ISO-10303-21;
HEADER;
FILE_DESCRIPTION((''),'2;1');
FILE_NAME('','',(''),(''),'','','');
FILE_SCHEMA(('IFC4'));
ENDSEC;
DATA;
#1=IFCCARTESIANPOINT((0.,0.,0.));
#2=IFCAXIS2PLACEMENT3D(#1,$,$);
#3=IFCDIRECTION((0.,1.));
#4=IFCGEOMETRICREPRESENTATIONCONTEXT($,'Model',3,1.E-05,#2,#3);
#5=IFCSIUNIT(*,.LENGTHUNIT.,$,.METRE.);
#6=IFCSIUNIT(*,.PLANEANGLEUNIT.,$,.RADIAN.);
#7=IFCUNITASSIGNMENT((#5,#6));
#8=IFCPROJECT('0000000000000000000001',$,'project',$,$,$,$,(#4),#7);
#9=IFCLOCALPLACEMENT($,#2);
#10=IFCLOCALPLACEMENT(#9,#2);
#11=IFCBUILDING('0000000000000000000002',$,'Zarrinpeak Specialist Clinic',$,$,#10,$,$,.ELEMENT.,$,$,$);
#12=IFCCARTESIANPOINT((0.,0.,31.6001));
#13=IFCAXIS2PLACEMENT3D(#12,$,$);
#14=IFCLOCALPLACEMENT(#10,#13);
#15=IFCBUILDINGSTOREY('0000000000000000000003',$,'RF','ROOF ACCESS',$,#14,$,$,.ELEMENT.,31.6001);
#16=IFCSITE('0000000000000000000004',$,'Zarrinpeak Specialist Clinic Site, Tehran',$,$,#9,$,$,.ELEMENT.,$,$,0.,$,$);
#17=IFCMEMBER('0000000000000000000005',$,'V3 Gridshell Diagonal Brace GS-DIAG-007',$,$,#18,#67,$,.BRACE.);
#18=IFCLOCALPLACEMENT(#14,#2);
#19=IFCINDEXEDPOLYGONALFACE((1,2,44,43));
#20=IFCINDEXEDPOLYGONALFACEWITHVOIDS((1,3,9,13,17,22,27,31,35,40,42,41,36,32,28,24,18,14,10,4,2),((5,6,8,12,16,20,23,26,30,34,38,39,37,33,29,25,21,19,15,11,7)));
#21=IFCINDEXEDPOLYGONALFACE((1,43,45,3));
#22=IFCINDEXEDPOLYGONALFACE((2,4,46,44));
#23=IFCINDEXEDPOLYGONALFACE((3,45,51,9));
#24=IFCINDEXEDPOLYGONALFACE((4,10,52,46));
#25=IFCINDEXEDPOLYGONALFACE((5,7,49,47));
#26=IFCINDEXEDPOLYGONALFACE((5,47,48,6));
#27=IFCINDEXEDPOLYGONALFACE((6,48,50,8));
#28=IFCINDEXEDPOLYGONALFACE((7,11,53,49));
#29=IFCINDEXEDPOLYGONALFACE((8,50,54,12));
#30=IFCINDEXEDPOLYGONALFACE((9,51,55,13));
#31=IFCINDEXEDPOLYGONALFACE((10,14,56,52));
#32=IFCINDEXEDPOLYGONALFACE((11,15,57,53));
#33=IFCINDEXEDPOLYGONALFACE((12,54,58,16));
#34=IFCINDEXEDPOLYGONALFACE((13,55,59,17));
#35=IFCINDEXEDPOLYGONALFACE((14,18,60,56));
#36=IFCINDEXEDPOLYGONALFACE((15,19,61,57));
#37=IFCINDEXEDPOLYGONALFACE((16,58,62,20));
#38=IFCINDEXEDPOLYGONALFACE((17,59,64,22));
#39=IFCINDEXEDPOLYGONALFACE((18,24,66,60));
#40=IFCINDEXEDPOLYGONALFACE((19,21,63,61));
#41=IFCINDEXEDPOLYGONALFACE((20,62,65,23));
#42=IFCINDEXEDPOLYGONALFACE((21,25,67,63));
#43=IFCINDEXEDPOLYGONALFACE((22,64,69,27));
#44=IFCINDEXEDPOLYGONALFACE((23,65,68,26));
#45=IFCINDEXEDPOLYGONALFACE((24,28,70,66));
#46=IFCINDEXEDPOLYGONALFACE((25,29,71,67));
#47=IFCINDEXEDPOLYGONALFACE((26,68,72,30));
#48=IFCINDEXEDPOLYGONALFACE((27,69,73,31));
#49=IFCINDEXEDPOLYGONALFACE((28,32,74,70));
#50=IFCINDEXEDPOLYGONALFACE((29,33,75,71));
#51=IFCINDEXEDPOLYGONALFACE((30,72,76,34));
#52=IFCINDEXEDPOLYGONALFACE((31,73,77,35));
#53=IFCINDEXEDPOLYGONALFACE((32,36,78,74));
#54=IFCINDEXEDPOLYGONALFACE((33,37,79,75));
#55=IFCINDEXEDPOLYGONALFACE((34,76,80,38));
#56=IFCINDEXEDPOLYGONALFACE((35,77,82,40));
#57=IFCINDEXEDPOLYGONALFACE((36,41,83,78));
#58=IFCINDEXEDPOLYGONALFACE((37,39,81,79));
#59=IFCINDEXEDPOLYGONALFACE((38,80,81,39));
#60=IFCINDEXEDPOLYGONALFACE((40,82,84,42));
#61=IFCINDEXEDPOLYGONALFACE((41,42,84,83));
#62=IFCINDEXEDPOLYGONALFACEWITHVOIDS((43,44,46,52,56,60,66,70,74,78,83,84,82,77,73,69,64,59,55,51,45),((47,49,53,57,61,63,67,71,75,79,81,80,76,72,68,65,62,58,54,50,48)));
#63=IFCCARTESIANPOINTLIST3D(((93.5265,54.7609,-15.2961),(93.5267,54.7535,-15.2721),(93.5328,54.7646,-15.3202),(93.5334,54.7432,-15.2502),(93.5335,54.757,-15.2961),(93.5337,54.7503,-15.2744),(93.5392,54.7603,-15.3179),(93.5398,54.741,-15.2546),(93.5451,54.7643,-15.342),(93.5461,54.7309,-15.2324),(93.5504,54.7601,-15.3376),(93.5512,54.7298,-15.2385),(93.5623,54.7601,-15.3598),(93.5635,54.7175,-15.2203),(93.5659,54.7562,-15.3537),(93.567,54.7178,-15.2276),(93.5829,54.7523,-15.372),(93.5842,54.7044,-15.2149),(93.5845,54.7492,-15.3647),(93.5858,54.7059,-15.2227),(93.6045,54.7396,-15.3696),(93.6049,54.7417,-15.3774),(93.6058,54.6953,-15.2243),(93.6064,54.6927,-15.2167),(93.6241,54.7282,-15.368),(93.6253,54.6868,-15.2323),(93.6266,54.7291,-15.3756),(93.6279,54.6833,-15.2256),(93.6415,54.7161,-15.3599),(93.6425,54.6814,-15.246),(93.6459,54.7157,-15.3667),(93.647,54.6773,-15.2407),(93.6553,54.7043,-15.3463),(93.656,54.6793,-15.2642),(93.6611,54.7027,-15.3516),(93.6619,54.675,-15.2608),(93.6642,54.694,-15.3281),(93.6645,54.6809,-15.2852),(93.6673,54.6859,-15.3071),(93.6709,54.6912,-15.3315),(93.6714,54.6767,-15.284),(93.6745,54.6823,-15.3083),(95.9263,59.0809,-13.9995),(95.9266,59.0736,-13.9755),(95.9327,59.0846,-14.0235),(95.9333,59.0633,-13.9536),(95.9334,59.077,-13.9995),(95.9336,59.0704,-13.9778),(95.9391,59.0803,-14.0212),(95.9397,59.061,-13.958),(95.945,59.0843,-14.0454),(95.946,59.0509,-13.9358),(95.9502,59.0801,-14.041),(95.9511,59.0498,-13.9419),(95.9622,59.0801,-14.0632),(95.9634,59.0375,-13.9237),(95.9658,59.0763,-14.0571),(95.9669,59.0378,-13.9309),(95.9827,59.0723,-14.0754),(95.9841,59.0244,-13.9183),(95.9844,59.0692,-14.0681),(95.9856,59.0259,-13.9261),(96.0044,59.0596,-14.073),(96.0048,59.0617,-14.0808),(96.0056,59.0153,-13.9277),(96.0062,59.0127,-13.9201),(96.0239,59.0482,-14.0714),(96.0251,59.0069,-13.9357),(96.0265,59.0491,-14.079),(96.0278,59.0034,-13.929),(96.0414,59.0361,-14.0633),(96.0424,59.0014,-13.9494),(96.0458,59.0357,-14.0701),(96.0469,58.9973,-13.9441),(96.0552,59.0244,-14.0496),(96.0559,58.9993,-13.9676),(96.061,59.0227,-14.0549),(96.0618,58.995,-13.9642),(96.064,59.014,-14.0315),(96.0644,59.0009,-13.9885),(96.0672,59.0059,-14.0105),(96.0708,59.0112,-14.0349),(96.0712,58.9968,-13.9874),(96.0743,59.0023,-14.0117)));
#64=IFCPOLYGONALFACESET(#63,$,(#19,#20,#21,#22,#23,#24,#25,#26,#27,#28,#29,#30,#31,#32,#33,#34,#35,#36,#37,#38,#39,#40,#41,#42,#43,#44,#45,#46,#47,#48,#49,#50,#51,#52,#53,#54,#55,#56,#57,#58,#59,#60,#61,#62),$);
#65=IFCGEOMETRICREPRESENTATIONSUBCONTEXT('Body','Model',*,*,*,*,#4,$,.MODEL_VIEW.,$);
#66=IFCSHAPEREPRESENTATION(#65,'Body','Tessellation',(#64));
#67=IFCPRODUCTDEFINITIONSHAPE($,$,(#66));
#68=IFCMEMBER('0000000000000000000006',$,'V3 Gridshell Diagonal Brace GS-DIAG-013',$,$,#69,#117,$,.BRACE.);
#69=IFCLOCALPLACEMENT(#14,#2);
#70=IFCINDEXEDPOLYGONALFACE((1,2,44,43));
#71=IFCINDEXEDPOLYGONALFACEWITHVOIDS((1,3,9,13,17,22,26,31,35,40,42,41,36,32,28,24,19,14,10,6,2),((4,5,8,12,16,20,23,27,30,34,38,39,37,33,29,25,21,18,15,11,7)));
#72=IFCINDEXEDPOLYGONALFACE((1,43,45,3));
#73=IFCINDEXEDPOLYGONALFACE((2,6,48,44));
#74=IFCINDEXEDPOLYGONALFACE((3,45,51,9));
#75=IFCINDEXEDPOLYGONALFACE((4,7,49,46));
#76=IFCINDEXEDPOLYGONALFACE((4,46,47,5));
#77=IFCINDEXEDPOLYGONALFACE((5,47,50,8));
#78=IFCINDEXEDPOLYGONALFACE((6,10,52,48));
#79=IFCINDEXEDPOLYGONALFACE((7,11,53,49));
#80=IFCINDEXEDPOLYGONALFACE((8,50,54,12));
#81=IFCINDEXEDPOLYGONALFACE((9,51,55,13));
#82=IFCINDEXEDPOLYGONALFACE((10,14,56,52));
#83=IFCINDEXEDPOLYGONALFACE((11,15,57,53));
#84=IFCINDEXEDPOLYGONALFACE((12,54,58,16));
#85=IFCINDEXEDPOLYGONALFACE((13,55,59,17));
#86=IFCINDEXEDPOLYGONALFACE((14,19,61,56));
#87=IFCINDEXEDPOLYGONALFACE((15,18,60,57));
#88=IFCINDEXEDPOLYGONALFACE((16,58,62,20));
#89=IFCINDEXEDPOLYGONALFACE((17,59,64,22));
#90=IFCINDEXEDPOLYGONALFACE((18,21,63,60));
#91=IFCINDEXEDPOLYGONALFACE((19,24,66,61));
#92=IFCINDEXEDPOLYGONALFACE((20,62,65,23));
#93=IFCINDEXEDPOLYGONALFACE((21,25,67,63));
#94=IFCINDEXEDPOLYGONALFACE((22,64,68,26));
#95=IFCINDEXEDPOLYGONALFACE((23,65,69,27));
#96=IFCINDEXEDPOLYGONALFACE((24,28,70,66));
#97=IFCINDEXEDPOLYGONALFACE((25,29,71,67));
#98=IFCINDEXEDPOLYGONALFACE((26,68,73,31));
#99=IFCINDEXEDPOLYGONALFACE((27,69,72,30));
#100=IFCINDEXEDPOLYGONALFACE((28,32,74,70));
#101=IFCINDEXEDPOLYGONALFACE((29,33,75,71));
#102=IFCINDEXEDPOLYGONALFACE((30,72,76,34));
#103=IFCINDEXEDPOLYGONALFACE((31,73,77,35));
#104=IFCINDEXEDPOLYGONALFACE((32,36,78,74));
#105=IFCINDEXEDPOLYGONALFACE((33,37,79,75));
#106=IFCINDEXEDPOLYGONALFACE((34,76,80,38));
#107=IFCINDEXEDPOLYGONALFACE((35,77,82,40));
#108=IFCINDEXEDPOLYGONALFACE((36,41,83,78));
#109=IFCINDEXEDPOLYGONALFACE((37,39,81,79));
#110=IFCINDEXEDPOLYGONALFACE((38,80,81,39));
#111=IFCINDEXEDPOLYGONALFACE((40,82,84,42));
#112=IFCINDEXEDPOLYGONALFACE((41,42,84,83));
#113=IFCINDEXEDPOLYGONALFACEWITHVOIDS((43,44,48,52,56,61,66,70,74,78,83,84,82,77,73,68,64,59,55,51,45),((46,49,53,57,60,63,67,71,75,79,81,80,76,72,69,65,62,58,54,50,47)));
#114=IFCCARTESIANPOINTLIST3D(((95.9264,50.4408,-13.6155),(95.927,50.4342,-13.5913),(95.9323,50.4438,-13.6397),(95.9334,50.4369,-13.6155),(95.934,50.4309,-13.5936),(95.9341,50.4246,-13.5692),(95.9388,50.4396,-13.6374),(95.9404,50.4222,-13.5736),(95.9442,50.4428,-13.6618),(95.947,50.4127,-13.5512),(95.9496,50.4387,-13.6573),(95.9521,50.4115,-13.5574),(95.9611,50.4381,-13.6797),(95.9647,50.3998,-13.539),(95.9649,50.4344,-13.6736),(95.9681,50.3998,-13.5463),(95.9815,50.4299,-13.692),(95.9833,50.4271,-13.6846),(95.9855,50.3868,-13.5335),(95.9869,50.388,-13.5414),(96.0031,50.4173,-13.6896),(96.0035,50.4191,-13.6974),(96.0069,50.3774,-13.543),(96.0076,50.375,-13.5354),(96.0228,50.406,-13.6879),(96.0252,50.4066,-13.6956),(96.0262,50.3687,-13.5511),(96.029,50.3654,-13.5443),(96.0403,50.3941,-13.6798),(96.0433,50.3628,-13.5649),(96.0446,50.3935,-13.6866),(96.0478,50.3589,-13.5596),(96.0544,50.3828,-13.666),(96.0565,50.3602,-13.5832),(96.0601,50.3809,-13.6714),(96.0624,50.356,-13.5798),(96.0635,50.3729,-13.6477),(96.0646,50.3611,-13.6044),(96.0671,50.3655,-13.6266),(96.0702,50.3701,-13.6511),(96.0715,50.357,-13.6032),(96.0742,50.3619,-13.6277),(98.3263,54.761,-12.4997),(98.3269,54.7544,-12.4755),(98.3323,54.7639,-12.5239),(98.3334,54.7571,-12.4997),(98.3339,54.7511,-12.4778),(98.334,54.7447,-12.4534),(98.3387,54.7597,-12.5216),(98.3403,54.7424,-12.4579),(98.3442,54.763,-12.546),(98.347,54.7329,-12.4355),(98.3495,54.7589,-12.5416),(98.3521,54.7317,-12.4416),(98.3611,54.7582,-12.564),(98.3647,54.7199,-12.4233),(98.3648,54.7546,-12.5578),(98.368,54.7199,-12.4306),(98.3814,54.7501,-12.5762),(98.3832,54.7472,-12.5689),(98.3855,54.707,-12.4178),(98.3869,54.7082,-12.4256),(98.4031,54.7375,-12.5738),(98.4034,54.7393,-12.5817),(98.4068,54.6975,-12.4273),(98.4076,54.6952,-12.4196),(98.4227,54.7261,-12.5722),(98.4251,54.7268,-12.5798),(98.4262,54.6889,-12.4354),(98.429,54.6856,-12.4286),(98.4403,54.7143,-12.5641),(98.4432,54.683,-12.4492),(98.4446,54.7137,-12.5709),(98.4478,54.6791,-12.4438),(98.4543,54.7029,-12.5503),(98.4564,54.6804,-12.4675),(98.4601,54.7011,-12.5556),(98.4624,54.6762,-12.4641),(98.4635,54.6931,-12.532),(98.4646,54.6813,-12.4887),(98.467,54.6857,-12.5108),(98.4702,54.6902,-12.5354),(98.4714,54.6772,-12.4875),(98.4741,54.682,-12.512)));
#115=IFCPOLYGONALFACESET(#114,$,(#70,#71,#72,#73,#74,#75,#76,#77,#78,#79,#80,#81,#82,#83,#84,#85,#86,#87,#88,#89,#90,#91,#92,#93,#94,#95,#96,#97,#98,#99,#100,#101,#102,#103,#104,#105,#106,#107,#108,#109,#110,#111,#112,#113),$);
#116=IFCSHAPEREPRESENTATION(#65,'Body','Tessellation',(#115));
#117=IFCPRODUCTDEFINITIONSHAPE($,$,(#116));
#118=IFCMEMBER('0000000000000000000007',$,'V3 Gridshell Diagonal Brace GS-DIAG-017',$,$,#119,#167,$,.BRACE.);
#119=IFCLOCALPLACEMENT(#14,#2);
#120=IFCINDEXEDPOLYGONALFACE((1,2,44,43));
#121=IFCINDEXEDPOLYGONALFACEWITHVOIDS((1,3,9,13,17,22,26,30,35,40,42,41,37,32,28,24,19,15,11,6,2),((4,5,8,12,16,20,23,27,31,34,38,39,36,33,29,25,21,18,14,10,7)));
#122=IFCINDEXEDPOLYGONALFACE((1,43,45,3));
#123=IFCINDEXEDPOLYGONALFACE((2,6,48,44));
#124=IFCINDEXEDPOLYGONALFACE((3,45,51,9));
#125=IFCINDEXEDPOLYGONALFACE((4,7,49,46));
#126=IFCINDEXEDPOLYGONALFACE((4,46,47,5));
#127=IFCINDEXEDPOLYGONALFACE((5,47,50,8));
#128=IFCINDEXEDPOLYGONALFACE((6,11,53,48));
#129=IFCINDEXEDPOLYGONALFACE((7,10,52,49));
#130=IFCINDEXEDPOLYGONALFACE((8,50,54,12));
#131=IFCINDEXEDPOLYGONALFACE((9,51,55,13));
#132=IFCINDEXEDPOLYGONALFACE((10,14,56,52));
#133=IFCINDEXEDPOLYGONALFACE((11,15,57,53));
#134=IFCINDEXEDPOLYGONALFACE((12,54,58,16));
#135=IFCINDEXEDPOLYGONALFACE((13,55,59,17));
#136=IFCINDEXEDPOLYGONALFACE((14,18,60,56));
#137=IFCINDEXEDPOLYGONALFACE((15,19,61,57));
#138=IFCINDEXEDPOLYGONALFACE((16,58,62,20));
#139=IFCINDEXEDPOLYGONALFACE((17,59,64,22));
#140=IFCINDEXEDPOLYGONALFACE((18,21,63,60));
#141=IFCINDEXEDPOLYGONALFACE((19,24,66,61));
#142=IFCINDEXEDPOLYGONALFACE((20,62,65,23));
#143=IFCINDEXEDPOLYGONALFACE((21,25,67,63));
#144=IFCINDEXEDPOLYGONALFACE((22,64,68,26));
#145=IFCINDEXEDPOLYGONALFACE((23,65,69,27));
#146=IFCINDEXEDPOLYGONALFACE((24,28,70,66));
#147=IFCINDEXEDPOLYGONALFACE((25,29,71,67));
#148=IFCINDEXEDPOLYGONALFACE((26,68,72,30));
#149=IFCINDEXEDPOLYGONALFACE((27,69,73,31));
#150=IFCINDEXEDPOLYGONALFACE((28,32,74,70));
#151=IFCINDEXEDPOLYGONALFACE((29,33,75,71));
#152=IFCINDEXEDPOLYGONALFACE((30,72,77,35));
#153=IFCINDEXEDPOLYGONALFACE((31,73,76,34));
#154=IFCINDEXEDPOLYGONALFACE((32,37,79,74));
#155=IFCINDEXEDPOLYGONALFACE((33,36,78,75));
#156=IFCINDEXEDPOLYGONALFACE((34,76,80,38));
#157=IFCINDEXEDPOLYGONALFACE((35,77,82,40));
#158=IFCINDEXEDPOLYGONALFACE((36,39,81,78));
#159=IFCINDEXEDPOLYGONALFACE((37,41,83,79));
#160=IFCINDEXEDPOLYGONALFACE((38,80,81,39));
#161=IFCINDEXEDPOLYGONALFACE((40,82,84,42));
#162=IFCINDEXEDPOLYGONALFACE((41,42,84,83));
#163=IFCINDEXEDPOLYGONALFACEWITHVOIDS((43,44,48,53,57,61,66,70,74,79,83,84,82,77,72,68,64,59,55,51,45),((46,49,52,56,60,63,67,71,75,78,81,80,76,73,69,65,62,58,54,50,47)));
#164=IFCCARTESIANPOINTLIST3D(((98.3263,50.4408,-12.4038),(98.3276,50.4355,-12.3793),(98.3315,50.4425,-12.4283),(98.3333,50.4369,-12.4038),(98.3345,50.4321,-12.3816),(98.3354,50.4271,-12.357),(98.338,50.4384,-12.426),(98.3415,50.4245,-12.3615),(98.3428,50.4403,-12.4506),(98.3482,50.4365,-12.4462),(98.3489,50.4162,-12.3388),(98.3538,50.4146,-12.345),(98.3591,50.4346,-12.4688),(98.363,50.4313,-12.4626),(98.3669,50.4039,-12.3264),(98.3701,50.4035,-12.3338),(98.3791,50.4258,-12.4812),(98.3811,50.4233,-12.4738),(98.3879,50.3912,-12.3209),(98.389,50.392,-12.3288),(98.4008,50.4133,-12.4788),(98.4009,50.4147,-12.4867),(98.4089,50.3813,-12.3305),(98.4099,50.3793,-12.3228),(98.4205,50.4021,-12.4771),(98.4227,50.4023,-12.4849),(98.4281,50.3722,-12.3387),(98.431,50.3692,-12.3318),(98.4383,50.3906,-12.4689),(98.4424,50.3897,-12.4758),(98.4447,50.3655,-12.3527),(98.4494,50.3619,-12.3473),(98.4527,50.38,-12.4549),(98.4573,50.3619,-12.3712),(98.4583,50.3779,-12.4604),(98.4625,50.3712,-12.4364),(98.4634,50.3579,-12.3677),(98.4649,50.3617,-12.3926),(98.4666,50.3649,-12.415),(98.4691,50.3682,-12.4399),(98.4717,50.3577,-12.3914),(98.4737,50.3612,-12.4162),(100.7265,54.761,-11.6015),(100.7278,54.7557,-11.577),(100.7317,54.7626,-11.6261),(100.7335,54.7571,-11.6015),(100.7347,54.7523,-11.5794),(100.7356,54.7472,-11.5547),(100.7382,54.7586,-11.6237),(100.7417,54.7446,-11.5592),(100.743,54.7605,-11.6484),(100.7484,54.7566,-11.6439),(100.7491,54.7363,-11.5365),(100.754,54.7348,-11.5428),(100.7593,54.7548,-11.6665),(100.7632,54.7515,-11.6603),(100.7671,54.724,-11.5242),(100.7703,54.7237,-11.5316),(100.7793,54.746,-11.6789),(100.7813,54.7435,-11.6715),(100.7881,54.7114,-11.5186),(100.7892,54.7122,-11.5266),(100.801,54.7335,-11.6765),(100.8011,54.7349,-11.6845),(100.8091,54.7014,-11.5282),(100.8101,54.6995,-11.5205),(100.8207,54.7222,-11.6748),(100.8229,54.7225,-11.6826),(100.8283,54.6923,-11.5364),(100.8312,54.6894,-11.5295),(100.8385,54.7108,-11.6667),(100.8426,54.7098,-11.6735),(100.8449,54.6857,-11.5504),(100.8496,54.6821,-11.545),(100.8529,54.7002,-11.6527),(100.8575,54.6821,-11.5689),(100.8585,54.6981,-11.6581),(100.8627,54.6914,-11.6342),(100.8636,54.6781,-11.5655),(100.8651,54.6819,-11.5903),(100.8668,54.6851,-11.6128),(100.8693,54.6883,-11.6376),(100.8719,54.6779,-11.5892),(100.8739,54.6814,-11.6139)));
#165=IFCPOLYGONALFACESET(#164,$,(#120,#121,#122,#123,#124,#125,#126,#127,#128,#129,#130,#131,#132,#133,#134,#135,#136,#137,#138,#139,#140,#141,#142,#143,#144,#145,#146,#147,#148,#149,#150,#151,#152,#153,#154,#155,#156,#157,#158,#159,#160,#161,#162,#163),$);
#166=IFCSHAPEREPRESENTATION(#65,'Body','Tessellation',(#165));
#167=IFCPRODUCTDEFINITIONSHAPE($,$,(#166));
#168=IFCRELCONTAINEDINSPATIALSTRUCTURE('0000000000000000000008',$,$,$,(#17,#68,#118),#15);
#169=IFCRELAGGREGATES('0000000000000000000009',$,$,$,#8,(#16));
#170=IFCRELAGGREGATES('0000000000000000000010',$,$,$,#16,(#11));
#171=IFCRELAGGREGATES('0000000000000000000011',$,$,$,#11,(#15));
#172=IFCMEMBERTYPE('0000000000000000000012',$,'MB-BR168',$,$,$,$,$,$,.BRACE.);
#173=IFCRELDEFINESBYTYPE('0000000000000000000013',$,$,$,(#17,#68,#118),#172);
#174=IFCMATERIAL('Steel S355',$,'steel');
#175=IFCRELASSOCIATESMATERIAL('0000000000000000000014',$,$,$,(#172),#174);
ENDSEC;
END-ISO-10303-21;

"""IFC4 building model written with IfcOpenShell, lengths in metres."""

from ifc_helpers import new_model, si_unit, direction, frame, origin, origin_2d, place, context, subcontext, project, spatial, hollow_circle, extrude, material, material_profile, profile_set, type_object, element, save


model = new_model("IFC4")

# Units and contexts
model_context = context("Model", 3, precision=1e-05, world=origin(), true_north=direction((0.0, 1.0)))
body_context = subcontext(model_context, "Body", "Model", "MODEL_VIEW")
ifc_project = project(units=[si_unit("LENGTHUNIT", "METRE"), si_unit("PLANEANGLEUNIT", "RADIAN")], contexts=[model_context])

# Site, building, storey
site_placement = place(None, origin())
site = spatial("IfcSite", under=ifc_project, at=site_placement, Name="Zarrinpeak Specialist Clinic Site, Tehran", CompositionType="ELEMENT", RefElevation=0.0)
building_placement = place(site_placement, origin())
building = spatial("IfcBuilding", under=site, at=building_placement, Name="Zarrinpeak Specialist Clinic", CompositionType="ELEMENT")
storey_placement = place(building_placement, frame((0.0, 0.0, 31.6001)))
storey = spatial("IfcBuildingStorey", under=building, at=storey_placement, Name="RF", Description="ROOF ACCESS", CompositionType="ELEMENT", Elevation=31.6001)

# Members
ifc_material_1 = material(Name="Steel S355", Category="steel")
ifc_material_profile_1 = material_profile(ifc_material_1, hollow_circle(Radius=0.0842, WallThickness=0.0081, at=origin_2d()), Name="CHS 168.3x8.0")
ifc_profile_set_1 = profile_set([ifc_material_profile_1], Name="Steel S355")
member_type_1 = type_object("IfcMemberType", Name="MB-BR168", PredefinedType="BRACE", material=ifc_profile_set_1)
member_1_placement = place(storey_placement, frame((93.6001, 54.72, -15.2961), z_axis=(0.469723, 0.845549, 0.253784), x_axis=(-0.874169, 0.485622, 0.0)))
element("IfcMember", 1, at=member_1_placement, inside=storey, type_object=member_type_1, Name="V3 Gridshell Diagonal Brace GS-DIAG-007", PredefinedType="BRACE", context=body_context, shape_type="SweptSolid", body=[
    extrude(hollow_circle(Radius=0.0842, WallThickness=0.0081, at=origin_2d()), origin(), (0.0, 0.0, 1.0), 5.1091),
])
member_2_placement = place(storey_placement, frame((96.0, 50.3999, -13.6155), z_axis=(0.4737, 0.852707, 0.220225), x_axis=(-0.874169, 0.485622, 0.0)))
element("IfcMember", 2, at=member_2_placement, inside=storey, type_object=member_type_1, Name="V3 Gridshell Diagonal Brace GS-DIAG-013", PredefinedType="BRACE", context=body_context, shape_type="SweptSolid", body=[
    extrude(hollow_circle(Radius=0.0842, WallThickness=0.0081, at=origin_2d()), origin(), (0.0, 0.0, 1.0), 5.0664),
])
member_3_placement = place(storey_placement, frame((98.3999, 50.3999, -12.4038), z_axis=(0.479385, 0.862853, 0.160234), x_axis=(-0.874148, 0.48566, 0.0)))
element("IfcMember", 3, at=member_3_placement, inside=storey, type_object=member_type_1, Name="V3 Gridshell Diagonal Brace GS-DIAG-017", PredefinedType="BRACE", context=body_context, shape_type="SweptSolid", body=[
    extrude(hollow_circle(Radius=0.0842, WallThickness=0.0081, at=origin_2d()), origin(), (0.0, 0.0, 1.0), 5.0068),
])

save(model, "model.ifc")
